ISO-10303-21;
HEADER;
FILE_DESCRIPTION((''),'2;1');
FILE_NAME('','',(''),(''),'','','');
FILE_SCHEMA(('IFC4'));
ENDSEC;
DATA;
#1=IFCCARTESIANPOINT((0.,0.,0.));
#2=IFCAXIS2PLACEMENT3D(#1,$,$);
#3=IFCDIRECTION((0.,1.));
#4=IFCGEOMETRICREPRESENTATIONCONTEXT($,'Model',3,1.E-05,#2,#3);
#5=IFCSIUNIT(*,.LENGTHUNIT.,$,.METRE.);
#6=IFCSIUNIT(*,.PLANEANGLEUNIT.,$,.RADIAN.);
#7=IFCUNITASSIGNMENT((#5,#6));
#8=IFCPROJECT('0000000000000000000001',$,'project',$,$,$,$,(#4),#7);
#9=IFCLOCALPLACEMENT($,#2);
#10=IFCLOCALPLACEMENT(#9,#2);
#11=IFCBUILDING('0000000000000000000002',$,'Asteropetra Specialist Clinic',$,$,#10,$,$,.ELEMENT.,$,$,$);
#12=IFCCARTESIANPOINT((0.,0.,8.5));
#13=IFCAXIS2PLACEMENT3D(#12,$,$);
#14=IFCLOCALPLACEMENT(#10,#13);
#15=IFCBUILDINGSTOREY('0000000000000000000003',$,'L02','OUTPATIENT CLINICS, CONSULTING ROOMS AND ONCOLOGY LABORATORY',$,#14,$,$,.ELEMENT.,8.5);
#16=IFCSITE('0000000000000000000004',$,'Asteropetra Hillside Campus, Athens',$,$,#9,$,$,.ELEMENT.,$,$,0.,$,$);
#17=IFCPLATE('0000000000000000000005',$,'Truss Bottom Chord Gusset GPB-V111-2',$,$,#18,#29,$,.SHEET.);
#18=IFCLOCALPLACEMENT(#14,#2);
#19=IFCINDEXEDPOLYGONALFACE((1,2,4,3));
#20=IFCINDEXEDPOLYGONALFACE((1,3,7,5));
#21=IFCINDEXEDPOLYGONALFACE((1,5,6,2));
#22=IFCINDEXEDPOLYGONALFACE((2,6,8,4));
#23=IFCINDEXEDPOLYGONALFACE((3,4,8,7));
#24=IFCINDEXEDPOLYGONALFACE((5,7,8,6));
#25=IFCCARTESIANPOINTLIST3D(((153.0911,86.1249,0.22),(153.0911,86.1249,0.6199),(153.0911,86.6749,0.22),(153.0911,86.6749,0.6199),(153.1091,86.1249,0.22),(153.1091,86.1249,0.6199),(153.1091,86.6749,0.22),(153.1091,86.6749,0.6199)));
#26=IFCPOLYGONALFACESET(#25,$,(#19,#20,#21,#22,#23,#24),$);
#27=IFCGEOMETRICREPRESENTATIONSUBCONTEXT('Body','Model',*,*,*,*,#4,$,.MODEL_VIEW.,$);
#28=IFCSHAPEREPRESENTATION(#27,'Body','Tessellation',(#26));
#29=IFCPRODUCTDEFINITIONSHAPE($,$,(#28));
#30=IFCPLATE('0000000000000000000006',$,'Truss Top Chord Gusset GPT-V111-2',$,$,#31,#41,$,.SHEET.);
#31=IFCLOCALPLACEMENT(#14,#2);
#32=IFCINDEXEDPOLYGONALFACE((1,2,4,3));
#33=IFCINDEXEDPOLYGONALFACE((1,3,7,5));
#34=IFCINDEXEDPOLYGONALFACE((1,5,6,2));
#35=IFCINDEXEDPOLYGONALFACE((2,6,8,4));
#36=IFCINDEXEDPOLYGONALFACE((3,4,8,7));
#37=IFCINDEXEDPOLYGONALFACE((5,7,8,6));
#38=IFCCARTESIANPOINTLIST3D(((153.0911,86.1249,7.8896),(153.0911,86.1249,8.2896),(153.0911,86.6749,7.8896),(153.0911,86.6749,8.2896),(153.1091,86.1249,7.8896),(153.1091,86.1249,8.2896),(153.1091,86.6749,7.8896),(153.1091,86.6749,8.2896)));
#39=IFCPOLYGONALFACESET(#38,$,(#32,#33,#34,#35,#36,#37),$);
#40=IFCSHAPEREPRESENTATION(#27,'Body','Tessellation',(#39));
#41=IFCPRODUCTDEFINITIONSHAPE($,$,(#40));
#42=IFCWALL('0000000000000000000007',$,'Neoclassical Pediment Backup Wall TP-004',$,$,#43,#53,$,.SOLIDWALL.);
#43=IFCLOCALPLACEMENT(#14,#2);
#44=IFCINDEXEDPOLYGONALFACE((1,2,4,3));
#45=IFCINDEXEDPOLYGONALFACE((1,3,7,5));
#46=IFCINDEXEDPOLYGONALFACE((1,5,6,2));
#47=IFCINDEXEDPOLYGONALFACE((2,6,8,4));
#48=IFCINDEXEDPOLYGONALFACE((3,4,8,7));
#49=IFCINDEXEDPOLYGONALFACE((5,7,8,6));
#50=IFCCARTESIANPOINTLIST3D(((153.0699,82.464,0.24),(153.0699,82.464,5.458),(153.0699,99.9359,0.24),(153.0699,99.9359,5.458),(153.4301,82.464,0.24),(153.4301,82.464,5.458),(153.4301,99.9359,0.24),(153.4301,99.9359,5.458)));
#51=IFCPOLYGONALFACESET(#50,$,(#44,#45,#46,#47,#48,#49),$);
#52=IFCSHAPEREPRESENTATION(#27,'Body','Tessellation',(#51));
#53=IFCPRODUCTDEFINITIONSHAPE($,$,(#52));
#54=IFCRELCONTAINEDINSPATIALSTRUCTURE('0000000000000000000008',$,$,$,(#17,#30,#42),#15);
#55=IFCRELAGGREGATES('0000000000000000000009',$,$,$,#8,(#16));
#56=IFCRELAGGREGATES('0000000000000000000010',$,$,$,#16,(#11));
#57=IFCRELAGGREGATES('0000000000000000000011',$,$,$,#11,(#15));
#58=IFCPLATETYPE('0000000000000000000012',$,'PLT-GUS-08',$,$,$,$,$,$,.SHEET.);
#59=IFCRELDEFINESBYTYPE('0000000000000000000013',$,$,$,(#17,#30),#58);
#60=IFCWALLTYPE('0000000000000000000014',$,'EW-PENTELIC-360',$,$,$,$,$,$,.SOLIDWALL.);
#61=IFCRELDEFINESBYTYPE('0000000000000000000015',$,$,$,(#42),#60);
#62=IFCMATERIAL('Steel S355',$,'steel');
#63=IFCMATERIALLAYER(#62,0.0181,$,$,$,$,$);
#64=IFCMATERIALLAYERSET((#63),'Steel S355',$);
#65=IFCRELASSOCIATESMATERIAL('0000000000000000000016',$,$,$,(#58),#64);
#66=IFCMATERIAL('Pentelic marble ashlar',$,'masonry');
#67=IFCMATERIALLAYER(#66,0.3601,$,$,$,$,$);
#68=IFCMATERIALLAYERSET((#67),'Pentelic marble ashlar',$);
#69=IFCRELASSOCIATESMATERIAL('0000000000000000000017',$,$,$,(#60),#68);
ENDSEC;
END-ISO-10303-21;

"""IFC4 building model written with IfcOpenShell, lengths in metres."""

from ifc_helpers import new_model, si_unit, direction, frame, frame_2d, origin, origin_2d, place, context, subcontext, project, spatial, rectangle, extrude, material, layer, layer_set, type_object, element, save


model = new_model("IFC4")

# Units and contexts
model_context = context("Model", 3, precision=1e-05, world=origin(), true_north=direction((0.0, 1.0)))
body_context = subcontext(model_context, "Body", "Model", "MODEL_VIEW")
ifc_project = project(units=[si_unit("LENGTHUNIT", "METRE"), si_unit("PLANEANGLEUNIT", "RADIAN")], contexts=[model_context])

# Site, building, storey
site_placement = place(None, origin())
site = spatial("IfcSite", under=ifc_project, at=site_placement, Name="Asteropetra Hillside Campus, Athens", CompositionType="ELEMENT", RefElevation=0.0)
building_placement = place(site_placement, origin())
building = spatial("IfcBuilding", under=site, at=building_placement, Name="Asteropetra Specialist Clinic", CompositionType="ELEMENT")
storey_placement = place(building_placement, frame((0.0, 0.0, 8.5)))
storey = spatial("IfcBuildingStorey", under=building, at=storey_placement, Name="L02", Description="OUTPATIENT CLINICS, CONSULTING ROOMS AND ONCOLOGY LABORATORY", CompositionType="ELEMENT", Elevation=8.5)

# Plates
ifc_material_1 = material(Name="Steel S355", Category="steel")
ifc_layer_1 = layer(ifc_material_1, 0.0181)
ifc_layer_set_1 = layer_set([ifc_layer_1], Name="Steel S355")
plate_type_1 = type_object("IfcPlateType", Name="PLT-GUS-08", PredefinedType="SHEET", material=ifc_layer_set_1)
for number, where, z_axis, x_axis, name in (
    (1, (153.1001, 86.3999, 0.22), (0.0, 0.0, 1.0), (1.0, 0.0, 0.0), "Truss Bottom Chord Gusset GPB-V111-2"),
    (2, (153.1001, 86.3999, 7.8896), (0.0, 0.0, 1.0), (1.0, 0.0, 0.0), "Truss Top Chord Gusset GPT-V111-2"),
):
    element("IfcPlate", number, at=place(storey_placement, frame(where, z_axis=z_axis, x_axis=x_axis)), inside=storey, type_object=plate_type_1, Name=name, PredefinedType="SHEET", context=body_context, shape_type="SweptSolid", body=[
        extrude(rectangle(XDim=0.0181, YDim=0.55, at=origin_2d()), origin(), (0.0, 0.0, 1.0), 0.3999),
    ])

# Wall
ifc_material_2 = material(Name="Pentelic marble ashlar", Category="masonry")
ifc_layer_2 = layer(ifc_material_2, 0.3601)
ifc_layer_set_2 = layer_set([ifc_layer_2], Name="Pentelic marble ashlar")
wall_type = type_object("IfcWallType", Name="EW-PENTELIC-360", PredefinedType="SOLIDWALL", material=ifc_layer_set_2)
wall_placement = place(storey_placement, frame((153.25, 82.4641, 0.24), z_axis=(0.0, 0.0, 1.0), x_axis=(0.0, 1.0, 0.0)))
element("IfcWall", 3, at=wall_placement, inside=storey, type_object=wall_type, Name="Neoclassical Pediment Backup Wall TP-004", PredefinedType="SOLIDWALL", context=body_context, shape_type="SweptSolid", body=[
    extrude(rectangle(XDim=17.4719, YDim=0.3601, at=frame_2d((8.7358, 0.0))), origin(), (0.0, 0.0, 1.0), 5.218),
])

save(model, "model.ifc")
